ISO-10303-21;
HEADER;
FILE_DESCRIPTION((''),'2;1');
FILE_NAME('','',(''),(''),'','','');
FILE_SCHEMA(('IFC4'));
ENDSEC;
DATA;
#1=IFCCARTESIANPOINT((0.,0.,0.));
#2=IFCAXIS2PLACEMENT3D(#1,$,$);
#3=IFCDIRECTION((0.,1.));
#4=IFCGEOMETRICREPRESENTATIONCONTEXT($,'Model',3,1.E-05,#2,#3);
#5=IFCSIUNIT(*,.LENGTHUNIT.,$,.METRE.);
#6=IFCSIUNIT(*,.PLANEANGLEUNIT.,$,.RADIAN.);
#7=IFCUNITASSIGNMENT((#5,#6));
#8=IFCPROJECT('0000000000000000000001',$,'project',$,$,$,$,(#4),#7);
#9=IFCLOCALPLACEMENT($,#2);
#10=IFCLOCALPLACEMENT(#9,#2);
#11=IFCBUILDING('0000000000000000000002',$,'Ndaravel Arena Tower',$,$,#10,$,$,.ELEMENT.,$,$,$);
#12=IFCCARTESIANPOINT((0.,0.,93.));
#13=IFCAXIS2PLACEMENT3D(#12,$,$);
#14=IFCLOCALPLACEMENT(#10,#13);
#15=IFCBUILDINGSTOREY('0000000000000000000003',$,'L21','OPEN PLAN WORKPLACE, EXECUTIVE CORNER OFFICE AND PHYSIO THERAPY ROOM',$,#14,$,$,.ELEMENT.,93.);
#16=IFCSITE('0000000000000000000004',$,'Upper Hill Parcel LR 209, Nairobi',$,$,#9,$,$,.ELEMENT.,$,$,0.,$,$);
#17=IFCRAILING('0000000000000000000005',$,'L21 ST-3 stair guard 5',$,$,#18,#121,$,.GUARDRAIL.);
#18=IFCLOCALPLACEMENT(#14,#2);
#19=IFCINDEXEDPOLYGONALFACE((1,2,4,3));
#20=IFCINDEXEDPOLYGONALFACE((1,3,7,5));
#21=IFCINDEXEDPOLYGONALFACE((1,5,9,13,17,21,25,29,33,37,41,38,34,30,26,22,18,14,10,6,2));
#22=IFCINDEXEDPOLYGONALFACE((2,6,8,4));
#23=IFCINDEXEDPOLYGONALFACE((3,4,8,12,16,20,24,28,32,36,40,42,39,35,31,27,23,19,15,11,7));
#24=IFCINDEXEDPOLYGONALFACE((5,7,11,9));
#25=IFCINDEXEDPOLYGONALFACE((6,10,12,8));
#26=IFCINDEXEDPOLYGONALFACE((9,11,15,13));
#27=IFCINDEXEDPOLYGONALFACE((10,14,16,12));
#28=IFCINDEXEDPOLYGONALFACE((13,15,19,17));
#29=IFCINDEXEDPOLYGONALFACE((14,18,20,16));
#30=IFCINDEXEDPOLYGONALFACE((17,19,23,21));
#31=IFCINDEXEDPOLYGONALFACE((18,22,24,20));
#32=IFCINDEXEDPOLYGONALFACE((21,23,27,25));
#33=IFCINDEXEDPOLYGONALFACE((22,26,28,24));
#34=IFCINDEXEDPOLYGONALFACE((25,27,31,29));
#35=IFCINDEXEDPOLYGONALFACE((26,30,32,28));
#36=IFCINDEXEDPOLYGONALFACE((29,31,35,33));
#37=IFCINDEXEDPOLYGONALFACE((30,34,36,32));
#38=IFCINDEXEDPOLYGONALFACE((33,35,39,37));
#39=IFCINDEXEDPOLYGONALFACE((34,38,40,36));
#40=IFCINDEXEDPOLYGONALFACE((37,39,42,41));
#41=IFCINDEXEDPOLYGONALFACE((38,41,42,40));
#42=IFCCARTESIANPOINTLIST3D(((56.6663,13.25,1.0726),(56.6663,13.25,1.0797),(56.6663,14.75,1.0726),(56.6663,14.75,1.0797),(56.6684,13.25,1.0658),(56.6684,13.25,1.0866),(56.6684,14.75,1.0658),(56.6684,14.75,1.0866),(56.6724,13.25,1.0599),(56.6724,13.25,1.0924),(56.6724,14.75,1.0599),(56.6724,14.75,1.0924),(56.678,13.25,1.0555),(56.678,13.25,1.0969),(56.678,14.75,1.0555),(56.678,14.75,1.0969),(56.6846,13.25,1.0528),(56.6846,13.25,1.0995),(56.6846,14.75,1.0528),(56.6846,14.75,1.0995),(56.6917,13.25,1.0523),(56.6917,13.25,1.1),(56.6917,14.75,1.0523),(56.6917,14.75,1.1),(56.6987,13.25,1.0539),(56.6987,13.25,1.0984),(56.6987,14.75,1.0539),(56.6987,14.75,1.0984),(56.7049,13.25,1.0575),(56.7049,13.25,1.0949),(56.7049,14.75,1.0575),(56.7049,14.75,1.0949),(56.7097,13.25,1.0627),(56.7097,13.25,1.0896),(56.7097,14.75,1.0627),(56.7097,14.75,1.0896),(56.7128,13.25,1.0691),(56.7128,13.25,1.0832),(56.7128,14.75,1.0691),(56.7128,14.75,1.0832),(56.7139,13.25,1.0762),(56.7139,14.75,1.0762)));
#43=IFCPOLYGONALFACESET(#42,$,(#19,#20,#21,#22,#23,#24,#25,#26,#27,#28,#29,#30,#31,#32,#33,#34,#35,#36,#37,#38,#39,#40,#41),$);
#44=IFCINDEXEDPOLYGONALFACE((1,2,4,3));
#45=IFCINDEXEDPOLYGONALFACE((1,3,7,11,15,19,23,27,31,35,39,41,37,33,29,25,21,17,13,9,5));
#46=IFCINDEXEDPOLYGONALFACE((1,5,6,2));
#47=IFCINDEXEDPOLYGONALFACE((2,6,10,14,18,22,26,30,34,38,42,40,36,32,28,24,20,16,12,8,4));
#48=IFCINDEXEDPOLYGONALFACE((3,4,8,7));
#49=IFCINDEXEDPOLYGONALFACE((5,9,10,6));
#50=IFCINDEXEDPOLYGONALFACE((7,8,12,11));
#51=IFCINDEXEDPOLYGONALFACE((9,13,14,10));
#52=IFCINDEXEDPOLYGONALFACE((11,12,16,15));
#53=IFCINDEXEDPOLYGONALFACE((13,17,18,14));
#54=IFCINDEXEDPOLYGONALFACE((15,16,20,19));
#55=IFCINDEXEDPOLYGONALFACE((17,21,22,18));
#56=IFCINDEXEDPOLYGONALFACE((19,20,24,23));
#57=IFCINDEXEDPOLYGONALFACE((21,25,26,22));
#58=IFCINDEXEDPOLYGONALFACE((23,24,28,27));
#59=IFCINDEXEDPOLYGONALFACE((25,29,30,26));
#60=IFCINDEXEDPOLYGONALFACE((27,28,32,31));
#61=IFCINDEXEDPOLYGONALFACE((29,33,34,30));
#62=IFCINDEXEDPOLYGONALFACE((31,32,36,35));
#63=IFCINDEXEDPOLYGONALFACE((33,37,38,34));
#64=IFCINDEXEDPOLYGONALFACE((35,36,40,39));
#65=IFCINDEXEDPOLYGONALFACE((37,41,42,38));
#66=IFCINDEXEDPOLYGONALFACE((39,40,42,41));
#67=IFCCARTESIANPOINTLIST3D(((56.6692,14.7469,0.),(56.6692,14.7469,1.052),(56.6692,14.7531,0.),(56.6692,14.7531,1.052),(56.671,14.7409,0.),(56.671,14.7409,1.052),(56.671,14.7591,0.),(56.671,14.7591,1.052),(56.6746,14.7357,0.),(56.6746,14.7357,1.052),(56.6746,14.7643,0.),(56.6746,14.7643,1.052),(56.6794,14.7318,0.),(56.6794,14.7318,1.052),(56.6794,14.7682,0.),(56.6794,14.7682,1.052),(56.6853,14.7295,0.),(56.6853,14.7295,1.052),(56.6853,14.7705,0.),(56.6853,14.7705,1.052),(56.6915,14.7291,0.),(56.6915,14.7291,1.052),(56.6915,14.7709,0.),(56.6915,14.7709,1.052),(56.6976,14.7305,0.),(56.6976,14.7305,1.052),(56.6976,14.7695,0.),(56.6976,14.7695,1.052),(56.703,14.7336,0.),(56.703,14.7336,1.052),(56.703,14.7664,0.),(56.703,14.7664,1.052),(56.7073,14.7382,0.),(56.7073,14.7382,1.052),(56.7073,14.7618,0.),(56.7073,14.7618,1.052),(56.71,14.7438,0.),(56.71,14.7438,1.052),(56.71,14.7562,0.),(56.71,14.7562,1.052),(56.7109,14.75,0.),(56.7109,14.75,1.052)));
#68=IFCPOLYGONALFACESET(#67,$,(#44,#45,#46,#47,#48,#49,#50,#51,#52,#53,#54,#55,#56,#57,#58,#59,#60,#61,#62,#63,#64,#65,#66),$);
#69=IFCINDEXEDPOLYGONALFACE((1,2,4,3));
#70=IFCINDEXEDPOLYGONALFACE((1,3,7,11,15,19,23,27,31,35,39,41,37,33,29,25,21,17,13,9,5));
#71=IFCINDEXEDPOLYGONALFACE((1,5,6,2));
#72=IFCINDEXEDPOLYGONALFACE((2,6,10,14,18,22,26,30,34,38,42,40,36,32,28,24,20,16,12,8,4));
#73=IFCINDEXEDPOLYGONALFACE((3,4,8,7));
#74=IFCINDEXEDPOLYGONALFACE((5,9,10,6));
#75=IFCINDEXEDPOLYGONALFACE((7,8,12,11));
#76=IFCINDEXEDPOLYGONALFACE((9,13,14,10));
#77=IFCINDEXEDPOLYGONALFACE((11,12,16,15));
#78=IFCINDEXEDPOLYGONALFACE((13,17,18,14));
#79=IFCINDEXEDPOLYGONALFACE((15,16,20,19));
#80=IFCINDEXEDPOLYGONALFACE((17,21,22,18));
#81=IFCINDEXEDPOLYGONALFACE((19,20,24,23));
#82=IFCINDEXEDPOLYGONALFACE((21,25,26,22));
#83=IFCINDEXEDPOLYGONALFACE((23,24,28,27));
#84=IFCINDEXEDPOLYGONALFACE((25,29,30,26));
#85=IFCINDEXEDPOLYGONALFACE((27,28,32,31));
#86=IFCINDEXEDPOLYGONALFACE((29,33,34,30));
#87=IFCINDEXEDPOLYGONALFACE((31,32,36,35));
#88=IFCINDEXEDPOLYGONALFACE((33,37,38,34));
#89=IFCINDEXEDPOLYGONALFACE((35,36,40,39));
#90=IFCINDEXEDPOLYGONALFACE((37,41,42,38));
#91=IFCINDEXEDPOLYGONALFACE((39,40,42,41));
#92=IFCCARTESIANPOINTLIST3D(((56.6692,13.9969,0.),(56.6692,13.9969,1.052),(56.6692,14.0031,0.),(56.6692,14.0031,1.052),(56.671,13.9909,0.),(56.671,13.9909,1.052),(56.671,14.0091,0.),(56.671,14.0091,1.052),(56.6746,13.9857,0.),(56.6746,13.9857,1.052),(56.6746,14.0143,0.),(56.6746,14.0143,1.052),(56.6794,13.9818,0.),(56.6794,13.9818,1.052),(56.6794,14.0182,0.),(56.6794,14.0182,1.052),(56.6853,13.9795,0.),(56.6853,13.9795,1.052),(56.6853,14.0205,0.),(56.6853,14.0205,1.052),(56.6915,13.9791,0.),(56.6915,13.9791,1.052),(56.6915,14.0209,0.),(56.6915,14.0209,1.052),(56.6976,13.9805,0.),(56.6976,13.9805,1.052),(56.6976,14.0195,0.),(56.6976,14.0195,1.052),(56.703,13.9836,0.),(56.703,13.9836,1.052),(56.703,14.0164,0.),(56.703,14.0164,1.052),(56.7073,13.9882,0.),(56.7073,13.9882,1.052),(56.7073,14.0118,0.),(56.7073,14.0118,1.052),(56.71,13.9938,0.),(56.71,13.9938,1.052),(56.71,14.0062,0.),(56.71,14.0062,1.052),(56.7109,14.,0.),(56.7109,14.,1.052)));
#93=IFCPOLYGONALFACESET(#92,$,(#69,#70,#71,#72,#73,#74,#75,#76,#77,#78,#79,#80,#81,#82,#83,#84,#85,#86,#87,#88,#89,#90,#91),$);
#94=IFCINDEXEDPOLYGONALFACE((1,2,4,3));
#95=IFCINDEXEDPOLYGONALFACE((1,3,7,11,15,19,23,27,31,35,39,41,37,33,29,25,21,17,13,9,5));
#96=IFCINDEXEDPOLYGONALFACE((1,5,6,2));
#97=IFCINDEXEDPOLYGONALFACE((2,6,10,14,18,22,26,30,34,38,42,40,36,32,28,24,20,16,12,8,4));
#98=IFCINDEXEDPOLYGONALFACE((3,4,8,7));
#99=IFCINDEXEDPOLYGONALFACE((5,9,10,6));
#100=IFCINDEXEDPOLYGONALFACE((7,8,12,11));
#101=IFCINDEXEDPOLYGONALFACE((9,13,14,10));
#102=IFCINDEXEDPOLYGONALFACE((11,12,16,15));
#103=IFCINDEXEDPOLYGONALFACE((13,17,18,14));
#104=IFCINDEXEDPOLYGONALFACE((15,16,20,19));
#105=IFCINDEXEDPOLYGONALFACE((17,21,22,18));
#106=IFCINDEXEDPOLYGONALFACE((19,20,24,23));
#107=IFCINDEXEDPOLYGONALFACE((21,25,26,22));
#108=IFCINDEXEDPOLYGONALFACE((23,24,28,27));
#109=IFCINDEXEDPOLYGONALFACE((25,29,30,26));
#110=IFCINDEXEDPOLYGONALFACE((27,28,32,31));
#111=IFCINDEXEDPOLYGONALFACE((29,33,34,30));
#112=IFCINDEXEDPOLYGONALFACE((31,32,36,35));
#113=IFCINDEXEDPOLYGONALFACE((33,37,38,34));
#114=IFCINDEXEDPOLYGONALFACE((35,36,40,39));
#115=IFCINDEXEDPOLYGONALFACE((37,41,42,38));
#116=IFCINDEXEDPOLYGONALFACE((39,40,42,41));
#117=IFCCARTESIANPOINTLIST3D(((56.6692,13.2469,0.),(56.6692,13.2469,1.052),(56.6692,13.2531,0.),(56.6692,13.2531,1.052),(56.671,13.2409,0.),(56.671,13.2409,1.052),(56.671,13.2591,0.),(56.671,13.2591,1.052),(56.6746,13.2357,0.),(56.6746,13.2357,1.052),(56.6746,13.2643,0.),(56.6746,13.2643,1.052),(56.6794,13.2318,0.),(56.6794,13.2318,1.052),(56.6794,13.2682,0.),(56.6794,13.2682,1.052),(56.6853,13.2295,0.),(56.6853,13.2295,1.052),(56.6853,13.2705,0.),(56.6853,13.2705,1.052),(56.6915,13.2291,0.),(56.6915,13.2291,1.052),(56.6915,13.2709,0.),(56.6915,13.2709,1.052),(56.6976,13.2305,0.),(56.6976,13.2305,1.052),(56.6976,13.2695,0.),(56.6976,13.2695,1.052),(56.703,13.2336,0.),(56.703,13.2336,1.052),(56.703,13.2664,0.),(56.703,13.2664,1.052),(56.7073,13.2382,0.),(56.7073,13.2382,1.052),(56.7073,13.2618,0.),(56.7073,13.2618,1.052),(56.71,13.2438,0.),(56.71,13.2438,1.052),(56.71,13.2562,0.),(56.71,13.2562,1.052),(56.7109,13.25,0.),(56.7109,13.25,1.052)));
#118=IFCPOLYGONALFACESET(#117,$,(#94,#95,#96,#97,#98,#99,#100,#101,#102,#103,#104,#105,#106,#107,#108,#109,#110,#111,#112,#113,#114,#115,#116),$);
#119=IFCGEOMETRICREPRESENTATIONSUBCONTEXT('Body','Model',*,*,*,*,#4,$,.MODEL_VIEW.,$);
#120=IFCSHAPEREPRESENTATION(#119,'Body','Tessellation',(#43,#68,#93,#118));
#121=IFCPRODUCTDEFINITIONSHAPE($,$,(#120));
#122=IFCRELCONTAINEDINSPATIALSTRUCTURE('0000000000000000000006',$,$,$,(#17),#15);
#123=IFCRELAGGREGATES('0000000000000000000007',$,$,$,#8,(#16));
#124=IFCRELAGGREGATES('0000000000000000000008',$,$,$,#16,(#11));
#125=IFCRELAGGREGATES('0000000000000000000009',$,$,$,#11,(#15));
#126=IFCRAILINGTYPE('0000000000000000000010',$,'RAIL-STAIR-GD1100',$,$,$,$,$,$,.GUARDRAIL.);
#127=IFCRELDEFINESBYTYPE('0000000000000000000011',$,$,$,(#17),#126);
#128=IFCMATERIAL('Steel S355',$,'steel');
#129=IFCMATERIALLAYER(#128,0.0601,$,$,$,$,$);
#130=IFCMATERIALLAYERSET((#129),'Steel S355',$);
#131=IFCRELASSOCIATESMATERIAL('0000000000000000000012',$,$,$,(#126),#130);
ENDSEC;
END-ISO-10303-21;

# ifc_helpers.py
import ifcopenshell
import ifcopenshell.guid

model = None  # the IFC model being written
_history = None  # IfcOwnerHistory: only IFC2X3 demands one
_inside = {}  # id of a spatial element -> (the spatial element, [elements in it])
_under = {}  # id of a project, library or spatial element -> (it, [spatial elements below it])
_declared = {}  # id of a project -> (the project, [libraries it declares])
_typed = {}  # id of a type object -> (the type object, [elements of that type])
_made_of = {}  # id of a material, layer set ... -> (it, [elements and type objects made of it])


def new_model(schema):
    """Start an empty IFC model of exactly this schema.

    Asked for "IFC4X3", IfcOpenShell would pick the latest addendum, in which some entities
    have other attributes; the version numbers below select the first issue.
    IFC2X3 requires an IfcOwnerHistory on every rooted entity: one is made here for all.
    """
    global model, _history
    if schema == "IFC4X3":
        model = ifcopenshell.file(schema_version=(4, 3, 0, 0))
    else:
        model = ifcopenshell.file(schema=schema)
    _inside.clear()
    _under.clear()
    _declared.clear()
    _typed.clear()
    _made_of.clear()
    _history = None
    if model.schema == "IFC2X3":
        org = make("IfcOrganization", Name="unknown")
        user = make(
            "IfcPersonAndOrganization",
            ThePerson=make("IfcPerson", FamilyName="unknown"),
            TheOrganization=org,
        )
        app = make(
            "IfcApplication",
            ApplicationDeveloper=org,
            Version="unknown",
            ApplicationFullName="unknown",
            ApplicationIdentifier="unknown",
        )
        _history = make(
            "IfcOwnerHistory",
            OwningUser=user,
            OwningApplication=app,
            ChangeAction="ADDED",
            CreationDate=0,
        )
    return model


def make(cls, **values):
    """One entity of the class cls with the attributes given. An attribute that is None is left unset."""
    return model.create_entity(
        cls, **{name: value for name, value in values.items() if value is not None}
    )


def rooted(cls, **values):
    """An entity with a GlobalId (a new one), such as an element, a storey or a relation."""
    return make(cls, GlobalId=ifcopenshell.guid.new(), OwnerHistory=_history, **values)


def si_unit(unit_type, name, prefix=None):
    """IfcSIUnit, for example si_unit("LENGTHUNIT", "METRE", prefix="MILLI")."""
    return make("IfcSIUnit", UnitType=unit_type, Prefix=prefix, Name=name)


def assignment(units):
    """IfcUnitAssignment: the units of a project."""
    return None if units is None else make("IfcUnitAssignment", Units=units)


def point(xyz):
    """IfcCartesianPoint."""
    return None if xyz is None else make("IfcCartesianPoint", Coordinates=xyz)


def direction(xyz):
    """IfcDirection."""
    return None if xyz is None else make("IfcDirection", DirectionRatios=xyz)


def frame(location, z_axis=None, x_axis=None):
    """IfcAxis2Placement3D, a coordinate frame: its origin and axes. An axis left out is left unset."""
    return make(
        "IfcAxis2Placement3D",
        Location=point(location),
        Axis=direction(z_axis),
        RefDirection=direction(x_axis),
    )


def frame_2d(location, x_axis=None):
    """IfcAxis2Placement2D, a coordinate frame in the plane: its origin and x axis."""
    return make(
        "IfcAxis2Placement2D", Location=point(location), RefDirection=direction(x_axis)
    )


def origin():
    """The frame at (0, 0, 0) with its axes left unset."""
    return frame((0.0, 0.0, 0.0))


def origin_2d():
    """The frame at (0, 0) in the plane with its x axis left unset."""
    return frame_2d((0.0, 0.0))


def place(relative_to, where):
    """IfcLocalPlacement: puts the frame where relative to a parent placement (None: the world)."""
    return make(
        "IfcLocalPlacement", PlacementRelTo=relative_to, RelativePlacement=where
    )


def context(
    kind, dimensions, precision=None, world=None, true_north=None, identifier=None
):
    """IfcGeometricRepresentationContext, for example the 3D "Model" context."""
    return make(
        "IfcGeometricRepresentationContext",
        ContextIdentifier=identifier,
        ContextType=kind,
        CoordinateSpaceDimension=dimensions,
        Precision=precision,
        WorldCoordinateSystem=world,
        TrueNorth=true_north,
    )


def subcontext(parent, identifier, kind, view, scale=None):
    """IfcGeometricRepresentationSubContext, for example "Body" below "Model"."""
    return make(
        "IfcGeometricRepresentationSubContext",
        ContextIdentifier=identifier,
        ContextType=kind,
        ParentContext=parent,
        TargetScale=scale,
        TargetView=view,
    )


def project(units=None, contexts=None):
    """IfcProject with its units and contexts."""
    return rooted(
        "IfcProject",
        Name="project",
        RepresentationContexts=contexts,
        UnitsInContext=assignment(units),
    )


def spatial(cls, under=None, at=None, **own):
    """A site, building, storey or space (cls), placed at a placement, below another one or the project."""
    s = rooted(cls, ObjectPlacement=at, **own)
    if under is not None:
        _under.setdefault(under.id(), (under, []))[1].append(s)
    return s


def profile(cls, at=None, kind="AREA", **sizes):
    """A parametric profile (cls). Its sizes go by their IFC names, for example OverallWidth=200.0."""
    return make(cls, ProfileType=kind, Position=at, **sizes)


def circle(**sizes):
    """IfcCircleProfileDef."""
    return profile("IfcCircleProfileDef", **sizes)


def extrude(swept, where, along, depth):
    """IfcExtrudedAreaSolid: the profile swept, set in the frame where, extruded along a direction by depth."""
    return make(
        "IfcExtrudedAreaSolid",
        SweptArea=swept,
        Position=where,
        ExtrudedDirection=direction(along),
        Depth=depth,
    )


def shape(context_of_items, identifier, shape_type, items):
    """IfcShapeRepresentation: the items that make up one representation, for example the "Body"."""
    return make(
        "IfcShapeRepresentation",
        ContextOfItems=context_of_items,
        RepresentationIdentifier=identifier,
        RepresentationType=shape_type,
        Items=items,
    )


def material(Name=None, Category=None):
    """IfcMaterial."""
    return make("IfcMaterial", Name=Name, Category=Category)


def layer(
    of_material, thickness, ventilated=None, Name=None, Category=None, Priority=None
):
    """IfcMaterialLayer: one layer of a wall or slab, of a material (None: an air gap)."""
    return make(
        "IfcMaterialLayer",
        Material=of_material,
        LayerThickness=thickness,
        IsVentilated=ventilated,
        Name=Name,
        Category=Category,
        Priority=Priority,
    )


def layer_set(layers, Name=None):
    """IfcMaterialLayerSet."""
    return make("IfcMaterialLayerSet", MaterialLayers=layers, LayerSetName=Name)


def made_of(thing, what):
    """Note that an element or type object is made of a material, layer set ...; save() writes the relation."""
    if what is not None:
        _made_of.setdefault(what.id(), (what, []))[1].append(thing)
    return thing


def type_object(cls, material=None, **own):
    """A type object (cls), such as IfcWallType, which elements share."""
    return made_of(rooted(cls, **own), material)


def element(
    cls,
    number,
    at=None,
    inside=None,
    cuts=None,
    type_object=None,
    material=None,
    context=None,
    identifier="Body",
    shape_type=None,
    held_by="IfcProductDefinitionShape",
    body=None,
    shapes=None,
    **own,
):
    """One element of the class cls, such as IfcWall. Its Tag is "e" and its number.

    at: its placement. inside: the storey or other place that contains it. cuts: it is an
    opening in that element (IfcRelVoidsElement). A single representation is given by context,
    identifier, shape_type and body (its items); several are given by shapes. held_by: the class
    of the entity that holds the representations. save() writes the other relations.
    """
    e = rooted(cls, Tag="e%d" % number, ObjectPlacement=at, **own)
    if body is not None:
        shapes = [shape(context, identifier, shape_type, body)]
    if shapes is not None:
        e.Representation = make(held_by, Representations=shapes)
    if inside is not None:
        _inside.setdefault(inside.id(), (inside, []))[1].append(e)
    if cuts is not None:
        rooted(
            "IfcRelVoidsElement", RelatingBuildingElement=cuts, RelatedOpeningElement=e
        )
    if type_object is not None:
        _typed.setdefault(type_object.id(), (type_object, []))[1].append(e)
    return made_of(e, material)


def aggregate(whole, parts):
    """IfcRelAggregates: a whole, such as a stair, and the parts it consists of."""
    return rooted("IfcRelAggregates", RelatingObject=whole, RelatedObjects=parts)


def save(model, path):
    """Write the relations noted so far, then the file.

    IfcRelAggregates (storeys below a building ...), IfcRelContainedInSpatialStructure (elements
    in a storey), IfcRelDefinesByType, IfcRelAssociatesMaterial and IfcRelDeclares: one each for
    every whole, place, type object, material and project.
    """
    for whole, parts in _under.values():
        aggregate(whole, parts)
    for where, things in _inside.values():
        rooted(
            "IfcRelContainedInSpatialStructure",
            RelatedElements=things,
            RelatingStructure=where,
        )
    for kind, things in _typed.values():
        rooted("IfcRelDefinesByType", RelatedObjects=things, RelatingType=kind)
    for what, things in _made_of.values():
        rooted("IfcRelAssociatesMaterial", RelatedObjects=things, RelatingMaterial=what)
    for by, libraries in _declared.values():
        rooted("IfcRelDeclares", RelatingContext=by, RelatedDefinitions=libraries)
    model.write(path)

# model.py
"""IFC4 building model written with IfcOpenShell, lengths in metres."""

from ifc_helpers import new_model, si_unit, direction, frame, origin, origin_2d, place, context, subcontext, project, spatial, circle, extrude, material, layer, layer_set, type_object, element, save


model = new_model("IFC4")

# Units and contexts
model_context = context("Model", 3, precision=1e-05, world=origin(), true_north=direction((0.0, 1.0)))
body_context = subcontext(model_context, "Body", "Model", "MODEL_VIEW")
ifc_project = project(units=[si_unit("LENGTHUNIT", "METRE"), si_unit("PLANEANGLEUNIT", "RADIAN")], contexts=[model_context])

# Site, building, storey
site_placement = place(None, origin())
site = spatial("IfcSite", under=ifc_project, at=site_placement, Name="Upper Hill Parcel LR 209, Nairobi", CompositionType="ELEMENT", RefElevation=0.0)
building_placement = place(site_placement, origin())
building = spatial("IfcBuilding", under=site, at=building_placement, Name="Ndaravel Arena Tower", CompositionType="ELEMENT")
storey_placement = place(building_placement, frame((0.0, 0.0, 93.0)))
storey = spatial("IfcBuildingStorey", under=building, at=storey_placement, Name="L21", Description="OPEN PLAN WORKPLACE, EXECUTIVE CORNER OFFICE AND PHYSIO THERAPY ROOM", CompositionType="ELEMENT", Elevation=93.0)

# Railing
ifc_material_1 = material(Name="Steel S355", Category="steel")
ifc_layer_1 = layer(ifc_material_1, 0.0601)
ifc_layer_set_1 = layer_set([ifc_layer_1], Name="Steel S355")
railing_type = type_object("IfcRailingType", Name="RAIL-STAIR-GD1100", PredefinedType="GUARDRAIL", material=ifc_layer_set_1)
for number, where, name in (
    (1, (56.6899, 14.75, 0.0), "L21 ST-3 stair guard 5"),
):
    element("IfcRailing", number, at=place(storey_placement, frame(where)), inside=storey, type_object=railing_type, Name=name, PredefinedType="GUARDRAIL", context=body_context, shape_type="SweptSolid", body=[
        extrude(circle(Radius=0.0239, at=origin_2d()), frame((0.0, 0.0, 1.0762), z_axis=(0.0, -1.0, 0.0), x_axis=(1.0, 0.0, 0.0)), (0.0, 0.0, 1.0), 1.5),
        extrude(circle(Radius=0.021, at=origin_2d()), origin(), (0.0, 0.0, 1.0), 1.052),
        extrude(circle(Radius=0.021, at=origin_2d()), frame((0.0, -0.75, 0.0)), (0.0, 0.0, 1.0), 1.052),
        extrude(circle(Radius=0.021, at=origin_2d()), frame((0.0, -1.5, 0.0)), (0.0, 0.0, 1.0), 1.052),
    ])

save(model, "model.ifc")
